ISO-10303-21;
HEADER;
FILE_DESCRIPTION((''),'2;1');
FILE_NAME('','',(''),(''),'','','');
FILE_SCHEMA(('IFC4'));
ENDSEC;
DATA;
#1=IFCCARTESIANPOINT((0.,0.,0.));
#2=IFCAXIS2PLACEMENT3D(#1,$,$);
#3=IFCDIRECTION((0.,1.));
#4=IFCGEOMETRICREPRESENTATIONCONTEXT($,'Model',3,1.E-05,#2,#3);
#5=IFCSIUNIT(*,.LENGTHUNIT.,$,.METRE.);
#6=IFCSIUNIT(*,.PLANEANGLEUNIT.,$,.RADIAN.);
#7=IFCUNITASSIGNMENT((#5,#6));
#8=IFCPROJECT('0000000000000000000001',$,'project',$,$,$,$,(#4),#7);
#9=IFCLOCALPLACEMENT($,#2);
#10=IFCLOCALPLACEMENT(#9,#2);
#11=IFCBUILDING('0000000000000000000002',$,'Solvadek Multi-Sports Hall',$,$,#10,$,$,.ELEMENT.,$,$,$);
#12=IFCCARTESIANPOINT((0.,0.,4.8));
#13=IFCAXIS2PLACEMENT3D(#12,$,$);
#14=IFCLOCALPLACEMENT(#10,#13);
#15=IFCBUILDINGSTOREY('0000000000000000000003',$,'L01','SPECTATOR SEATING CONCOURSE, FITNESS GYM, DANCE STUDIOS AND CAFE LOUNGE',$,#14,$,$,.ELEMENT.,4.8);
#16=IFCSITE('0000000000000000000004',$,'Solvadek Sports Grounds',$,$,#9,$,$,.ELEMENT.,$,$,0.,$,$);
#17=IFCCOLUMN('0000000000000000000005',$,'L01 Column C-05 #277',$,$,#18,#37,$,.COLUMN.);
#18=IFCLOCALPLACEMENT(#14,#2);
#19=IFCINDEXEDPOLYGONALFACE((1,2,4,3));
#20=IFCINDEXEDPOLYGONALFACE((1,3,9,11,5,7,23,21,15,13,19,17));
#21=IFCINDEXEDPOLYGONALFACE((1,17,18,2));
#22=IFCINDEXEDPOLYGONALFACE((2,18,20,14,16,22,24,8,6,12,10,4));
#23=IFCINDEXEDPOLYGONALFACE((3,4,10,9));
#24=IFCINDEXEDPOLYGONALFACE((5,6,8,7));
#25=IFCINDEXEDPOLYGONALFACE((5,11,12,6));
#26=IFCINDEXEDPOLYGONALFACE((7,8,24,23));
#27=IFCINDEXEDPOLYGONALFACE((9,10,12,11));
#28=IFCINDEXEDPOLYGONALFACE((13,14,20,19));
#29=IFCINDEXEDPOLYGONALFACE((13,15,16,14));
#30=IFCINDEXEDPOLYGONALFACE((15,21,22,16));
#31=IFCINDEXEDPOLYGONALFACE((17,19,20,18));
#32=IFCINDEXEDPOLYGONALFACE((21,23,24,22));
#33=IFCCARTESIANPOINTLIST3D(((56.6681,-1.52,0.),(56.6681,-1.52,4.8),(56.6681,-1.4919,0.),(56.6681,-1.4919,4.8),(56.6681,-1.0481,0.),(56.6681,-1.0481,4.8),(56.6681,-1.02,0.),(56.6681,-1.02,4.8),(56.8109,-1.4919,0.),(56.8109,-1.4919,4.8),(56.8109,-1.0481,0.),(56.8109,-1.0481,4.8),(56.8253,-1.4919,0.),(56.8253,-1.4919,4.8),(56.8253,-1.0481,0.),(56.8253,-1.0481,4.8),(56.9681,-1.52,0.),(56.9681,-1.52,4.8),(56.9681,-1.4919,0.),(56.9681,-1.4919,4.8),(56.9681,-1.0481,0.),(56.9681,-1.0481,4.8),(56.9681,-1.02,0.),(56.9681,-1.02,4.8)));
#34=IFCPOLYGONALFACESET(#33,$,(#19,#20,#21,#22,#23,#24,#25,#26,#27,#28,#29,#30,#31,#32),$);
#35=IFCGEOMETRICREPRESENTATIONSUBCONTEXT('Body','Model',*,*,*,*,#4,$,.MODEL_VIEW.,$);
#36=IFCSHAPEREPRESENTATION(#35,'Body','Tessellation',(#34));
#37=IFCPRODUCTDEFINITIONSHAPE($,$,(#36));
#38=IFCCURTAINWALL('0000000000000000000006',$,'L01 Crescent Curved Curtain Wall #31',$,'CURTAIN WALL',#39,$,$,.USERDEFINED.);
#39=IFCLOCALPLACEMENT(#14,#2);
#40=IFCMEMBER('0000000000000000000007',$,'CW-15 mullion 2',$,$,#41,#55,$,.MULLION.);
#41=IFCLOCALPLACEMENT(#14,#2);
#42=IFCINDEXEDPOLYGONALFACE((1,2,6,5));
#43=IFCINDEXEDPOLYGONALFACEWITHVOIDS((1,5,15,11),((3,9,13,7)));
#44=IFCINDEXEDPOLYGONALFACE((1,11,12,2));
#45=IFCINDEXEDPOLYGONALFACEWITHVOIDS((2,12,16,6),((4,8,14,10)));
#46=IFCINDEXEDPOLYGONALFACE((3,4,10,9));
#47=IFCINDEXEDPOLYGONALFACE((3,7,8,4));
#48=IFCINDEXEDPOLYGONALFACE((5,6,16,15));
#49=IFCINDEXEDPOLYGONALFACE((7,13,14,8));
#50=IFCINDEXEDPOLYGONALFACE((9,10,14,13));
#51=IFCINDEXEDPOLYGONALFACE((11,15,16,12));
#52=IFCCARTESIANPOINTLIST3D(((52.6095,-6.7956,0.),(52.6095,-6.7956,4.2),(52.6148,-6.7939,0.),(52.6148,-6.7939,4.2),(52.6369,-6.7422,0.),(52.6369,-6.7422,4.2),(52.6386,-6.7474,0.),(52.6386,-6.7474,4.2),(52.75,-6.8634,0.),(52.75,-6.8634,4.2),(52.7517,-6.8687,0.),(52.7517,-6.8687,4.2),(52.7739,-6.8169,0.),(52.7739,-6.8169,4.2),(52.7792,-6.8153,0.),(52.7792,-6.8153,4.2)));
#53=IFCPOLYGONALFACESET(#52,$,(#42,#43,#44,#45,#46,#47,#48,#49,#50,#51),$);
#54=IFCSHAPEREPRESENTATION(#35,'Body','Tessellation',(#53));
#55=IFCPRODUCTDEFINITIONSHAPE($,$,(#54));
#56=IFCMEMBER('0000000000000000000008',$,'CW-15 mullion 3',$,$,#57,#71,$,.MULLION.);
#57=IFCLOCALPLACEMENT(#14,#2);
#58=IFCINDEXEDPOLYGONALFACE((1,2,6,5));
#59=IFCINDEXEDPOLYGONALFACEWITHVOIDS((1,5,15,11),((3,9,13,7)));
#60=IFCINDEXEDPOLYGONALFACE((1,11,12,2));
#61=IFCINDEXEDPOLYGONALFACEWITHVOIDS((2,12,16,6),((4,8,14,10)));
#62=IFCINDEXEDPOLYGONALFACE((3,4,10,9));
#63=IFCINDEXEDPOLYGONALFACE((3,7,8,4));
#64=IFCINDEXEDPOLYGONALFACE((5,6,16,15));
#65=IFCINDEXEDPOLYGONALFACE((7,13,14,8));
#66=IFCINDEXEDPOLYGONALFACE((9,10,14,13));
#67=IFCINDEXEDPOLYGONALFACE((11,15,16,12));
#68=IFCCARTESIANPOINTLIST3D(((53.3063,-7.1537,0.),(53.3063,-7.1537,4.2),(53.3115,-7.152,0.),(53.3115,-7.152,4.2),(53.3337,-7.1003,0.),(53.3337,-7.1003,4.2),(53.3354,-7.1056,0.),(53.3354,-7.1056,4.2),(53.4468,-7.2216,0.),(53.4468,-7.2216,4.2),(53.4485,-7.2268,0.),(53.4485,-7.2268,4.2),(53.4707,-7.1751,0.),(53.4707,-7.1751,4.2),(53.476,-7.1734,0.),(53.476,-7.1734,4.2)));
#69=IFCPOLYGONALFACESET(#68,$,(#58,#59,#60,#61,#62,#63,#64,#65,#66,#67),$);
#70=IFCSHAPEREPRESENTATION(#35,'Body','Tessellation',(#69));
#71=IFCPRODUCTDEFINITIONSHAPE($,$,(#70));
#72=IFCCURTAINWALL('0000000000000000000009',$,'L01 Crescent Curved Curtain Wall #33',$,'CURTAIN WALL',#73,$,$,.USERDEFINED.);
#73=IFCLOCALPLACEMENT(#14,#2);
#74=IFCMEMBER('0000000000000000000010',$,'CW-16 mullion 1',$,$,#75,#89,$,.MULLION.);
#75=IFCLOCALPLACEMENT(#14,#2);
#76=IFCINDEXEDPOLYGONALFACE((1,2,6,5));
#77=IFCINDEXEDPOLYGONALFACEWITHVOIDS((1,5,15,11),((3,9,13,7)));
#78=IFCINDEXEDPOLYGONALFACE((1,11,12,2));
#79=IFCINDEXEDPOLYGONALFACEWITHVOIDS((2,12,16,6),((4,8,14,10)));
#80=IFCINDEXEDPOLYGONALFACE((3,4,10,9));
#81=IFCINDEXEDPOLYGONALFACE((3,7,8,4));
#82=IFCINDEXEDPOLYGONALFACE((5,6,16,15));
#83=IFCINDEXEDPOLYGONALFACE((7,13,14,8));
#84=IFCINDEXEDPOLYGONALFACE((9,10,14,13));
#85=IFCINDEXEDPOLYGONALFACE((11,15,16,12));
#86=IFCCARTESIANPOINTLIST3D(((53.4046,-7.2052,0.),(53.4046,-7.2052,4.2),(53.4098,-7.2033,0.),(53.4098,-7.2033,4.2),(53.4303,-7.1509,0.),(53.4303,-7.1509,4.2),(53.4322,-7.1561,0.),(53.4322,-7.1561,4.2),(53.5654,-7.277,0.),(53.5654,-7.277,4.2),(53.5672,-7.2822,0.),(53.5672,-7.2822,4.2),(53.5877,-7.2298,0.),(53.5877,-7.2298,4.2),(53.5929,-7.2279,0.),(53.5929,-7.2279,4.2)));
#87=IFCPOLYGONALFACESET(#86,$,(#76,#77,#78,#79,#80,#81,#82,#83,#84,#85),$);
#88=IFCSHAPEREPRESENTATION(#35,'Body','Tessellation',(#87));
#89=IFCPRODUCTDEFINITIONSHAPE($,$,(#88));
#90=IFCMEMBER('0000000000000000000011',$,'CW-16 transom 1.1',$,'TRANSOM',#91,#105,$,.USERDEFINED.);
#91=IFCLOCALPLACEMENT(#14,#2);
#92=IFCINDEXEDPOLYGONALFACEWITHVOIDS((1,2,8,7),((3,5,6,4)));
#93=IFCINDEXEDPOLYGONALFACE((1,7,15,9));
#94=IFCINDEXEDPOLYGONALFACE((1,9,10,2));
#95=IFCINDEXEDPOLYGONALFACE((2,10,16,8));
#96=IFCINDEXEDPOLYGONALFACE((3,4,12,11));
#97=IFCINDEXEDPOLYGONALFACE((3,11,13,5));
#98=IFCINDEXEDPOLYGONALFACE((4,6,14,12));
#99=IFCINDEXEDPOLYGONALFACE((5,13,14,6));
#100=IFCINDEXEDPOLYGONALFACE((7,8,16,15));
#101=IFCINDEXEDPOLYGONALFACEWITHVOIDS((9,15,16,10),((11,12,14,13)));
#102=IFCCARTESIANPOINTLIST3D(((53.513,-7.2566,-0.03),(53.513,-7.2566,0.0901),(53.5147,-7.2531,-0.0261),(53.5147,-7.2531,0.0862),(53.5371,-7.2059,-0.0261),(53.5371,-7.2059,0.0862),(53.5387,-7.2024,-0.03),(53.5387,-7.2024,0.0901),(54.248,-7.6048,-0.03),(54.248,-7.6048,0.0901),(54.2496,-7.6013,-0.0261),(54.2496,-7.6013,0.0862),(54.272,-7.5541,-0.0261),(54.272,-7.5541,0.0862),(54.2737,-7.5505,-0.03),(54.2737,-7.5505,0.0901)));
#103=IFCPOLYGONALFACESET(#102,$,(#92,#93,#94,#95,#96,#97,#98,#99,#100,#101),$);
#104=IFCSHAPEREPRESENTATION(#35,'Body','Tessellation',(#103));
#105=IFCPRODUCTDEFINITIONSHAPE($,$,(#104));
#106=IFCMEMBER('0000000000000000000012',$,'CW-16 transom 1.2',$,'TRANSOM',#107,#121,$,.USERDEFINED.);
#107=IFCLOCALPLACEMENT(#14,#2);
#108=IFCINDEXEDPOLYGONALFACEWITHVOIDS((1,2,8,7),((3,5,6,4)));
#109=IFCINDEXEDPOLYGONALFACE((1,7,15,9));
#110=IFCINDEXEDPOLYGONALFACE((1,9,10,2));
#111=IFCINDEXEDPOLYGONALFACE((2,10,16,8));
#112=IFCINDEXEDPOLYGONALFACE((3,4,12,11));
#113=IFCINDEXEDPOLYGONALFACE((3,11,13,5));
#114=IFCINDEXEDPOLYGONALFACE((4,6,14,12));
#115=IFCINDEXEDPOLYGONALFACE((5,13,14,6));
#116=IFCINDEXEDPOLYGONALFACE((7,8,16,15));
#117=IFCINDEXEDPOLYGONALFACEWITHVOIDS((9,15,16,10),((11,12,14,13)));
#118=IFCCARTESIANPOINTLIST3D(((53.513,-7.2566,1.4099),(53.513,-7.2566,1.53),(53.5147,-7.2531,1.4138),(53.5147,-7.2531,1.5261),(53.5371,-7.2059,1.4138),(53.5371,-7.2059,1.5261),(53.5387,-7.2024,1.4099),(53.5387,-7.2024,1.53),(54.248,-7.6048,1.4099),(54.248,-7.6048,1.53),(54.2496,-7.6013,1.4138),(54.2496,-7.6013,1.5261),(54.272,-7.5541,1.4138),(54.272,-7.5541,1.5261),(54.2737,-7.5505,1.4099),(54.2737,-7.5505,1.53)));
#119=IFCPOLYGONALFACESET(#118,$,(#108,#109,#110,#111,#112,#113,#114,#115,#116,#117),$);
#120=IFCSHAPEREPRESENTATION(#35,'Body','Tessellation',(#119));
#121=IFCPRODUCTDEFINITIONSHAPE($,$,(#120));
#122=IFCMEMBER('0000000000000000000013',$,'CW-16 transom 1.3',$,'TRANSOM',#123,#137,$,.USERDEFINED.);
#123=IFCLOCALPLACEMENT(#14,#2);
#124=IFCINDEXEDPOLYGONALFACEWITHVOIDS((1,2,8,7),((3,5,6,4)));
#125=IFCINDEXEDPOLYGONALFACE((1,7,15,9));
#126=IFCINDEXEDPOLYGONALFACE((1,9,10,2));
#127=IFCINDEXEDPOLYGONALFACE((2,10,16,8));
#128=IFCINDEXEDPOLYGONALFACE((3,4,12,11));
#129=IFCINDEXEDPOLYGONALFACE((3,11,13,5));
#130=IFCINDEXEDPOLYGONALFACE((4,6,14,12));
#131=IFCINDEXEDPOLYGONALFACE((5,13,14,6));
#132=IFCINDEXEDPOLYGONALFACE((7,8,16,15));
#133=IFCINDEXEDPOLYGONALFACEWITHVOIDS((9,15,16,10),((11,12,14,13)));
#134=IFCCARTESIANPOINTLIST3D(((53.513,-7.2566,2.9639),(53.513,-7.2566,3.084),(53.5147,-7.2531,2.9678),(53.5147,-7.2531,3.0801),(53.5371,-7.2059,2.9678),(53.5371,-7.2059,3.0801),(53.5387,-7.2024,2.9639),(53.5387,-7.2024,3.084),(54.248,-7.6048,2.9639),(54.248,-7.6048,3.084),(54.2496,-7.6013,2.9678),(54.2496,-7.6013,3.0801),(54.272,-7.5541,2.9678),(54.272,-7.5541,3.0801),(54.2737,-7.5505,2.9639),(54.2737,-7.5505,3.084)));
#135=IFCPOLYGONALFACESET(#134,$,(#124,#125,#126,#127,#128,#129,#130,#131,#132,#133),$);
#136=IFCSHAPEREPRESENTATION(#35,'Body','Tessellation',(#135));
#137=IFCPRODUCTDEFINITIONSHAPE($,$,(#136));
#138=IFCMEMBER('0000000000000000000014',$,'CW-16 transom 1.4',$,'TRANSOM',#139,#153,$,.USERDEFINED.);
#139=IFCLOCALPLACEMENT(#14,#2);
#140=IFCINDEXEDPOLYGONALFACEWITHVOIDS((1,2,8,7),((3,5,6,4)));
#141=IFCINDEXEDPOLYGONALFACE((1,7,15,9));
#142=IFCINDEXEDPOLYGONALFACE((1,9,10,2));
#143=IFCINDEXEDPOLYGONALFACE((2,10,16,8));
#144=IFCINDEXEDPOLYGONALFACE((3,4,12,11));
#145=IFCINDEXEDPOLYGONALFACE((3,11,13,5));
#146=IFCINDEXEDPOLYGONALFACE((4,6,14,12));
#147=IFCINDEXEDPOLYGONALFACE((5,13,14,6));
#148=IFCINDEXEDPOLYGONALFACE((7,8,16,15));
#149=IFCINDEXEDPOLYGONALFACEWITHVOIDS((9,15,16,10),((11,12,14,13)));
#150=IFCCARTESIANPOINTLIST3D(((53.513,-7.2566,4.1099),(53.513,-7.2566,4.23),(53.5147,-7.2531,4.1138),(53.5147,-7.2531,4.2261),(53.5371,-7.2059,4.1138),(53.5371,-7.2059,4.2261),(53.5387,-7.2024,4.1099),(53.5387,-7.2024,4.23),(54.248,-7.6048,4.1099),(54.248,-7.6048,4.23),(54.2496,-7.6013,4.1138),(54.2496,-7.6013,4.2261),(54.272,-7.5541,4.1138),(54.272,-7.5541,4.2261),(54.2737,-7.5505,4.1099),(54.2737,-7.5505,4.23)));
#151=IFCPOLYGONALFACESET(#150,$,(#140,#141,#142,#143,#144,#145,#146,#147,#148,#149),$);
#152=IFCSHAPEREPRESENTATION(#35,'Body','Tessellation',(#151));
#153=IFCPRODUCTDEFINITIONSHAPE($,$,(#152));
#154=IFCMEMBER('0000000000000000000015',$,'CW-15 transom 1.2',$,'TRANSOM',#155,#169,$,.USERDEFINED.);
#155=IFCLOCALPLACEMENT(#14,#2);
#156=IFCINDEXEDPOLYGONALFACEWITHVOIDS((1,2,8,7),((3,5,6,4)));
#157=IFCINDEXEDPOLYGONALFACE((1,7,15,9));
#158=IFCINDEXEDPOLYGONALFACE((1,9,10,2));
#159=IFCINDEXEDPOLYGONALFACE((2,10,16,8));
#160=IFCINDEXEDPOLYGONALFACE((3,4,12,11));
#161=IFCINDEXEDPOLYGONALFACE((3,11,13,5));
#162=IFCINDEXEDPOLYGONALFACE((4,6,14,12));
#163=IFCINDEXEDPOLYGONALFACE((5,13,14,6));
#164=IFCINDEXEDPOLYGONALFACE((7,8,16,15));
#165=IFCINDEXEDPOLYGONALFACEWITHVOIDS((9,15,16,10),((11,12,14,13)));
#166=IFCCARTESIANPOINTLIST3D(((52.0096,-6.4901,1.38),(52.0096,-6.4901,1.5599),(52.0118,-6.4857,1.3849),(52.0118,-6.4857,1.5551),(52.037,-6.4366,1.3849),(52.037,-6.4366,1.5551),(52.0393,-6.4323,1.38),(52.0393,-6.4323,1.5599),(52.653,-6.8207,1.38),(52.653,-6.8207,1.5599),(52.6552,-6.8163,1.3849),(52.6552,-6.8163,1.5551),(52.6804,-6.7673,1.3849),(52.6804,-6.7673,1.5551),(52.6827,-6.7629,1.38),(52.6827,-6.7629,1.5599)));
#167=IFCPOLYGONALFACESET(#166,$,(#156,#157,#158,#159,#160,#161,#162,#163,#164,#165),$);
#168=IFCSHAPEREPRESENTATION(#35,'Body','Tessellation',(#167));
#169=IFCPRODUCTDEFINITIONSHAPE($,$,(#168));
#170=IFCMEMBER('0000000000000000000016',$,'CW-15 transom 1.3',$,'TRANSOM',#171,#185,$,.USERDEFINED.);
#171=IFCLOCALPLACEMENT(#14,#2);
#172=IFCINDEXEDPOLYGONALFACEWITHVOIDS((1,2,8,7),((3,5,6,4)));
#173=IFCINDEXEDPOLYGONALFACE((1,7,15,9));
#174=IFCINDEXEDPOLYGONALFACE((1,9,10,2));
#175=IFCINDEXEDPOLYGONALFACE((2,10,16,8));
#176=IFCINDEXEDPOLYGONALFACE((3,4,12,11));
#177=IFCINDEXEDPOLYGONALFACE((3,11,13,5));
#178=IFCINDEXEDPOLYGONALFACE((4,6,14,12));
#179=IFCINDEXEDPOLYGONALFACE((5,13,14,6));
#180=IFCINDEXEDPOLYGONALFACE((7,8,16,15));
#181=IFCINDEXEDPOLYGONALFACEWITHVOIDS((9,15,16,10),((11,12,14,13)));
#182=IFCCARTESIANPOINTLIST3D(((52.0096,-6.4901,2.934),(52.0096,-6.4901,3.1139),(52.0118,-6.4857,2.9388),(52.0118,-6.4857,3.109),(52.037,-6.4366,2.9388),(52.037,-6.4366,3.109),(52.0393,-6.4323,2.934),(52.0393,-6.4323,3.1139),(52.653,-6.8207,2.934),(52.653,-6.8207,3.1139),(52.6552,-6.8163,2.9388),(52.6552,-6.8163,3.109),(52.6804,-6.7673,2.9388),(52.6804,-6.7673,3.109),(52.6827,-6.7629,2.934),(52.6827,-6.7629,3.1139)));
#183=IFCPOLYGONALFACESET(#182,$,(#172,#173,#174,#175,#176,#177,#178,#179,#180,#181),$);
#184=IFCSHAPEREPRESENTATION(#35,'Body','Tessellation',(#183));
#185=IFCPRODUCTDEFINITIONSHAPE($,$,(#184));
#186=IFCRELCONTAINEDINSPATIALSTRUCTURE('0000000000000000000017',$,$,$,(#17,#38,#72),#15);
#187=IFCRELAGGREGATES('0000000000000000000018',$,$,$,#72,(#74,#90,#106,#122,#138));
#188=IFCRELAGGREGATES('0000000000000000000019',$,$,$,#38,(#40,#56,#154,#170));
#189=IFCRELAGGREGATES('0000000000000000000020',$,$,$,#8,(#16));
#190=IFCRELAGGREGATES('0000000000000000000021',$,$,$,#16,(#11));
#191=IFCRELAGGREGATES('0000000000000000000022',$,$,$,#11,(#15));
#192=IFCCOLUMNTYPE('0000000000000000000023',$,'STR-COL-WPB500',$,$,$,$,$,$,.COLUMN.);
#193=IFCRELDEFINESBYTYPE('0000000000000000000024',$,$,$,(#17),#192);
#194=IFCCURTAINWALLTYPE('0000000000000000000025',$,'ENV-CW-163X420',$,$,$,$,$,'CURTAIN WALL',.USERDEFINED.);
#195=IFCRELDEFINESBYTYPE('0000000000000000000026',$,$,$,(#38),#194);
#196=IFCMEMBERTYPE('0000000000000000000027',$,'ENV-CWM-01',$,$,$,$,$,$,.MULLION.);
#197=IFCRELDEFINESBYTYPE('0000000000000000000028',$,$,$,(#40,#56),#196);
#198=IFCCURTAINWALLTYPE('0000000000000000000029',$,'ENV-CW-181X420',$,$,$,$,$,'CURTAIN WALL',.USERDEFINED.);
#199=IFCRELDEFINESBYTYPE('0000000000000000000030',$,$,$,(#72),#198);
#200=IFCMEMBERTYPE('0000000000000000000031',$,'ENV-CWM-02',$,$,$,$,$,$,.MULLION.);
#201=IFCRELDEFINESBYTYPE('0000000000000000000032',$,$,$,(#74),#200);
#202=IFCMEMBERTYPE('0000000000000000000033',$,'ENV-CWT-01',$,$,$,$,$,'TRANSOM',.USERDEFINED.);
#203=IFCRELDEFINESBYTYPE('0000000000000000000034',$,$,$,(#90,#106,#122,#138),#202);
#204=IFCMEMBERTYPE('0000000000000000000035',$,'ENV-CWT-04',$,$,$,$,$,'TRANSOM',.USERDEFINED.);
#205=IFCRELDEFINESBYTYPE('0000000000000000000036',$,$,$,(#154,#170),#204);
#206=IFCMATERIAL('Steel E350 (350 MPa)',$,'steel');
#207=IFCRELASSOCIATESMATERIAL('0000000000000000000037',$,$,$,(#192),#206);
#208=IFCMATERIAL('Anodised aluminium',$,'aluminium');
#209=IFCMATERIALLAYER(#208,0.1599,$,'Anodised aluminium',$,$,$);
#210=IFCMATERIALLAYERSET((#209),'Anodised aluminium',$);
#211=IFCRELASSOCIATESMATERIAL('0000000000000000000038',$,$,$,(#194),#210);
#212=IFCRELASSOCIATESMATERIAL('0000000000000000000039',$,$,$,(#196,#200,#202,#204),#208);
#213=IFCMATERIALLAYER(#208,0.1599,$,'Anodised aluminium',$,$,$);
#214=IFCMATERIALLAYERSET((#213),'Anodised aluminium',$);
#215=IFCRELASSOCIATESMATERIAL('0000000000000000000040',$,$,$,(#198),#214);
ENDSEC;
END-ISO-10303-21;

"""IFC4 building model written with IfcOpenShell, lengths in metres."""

from ifc_helpers import new_model, si_unit, direction, frame, origin, origin_2d, place, context, subcontext, project, spatial, hollow_rectangle, i_section, extrude, material, layer, layer_set, material_profile, profile_set, type_object, element, aggregate, save


model = new_model("IFC4")

# Units and contexts
model_context = context("Model", 3, precision=1e-05, world=origin(), true_north=direction((0.0, 1.0)))
body_context = subcontext(model_context, "Body", "Model", "MODEL_VIEW")
ifc_project = project(units=[si_unit("LENGTHUNIT", "METRE"), si_unit("PLANEANGLEUNIT", "RADIAN")], contexts=[model_context])

# Site, building, storey
site_placement = place(None, origin())
site = spatial("IfcSite", under=ifc_project, at=site_placement, Name="Solvadek Sports Grounds", CompositionType="ELEMENT", RefElevation=0.0)
building_placement = place(site_placement, origin())
building = spatial("IfcBuilding", under=site, at=building_placement, Name="Solvadek Multi-Sports Hall", CompositionType="ELEMENT")
storey_placement = place(building_placement, frame((0.0, 0.0, 4.8)))
storey = spatial("IfcBuildingStorey", under=building, at=storey_placement, Name="L01", Description="SPECTATOR SEATING CONCOURSE, FITNESS GYM, DANCE STUDIOS AND CAFE LOUNGE", CompositionType="ELEMENT", Elevation=4.8)

# Column
ifc_material_1 = material(Name="Steel E350 (350 MPa)", Category="steel")
ifc_material_profile_1 = material_profile(ifc_material_1, i_section(OverallWidth=0.3, OverallDepth=0.5, WebThickness=0.0144, FlangeThickness=0.0281, at=origin_2d()), Name="WPB 500")
ifc_profile_set_1 = profile_set([ifc_material_profile_1], Name="Steel E350 (350 MPa)")
column_type = type_object("IfcColumnType", Name="STR-COL-WPB500", PredefinedType="COLUMN", material=ifc_profile_set_1)
column_placement = place(storey_placement, frame((56.8181, -1.27, 0.0), z_axis=(0.0, 0.0, 1.0), x_axis=(1.0, 0.0, 0.0)))
element("IfcColumn", 1, at=column_placement, inside=storey, type_object=column_type, Name="L01 Column C-05 #277", PredefinedType="COLUMN", context=body_context, shape_type="SweptSolid", body=[
    extrude(i_section(OverallWidth=0.3, OverallDepth=0.5, WebThickness=0.0144, FlangeThickness=0.0281, at=origin_2d()), origin(), (0.0, 0.0, 1.0), 4.8),
])

# Curtain walls, members
ifc_material_2 = material(Name="Anodised aluminium", Category="aluminium")
ifc_layer_1 = layer(ifc_material_2, 0.1599, Name="Anodised aluminium")
ifc_layer_set_1 = layer_set([ifc_layer_1], Name="Anodised aluminium")
curtain_wall_type_1 = type_object("IfcCurtainWallType", Name="ENV-CW-163X420", ElementType="CURTAIN WALL", PredefinedType="USERDEFINED", material=ifc_layer_set_1)
curtain_wall_1_placement = place(storey_placement, origin())
curtain_wall_1 = element("IfcCurtainWall", 2, at=curtain_wall_1_placement, inside=storey, type_object=curtain_wall_type_1, Name="L01 Crescent Curved Curtain Wall #31", ObjectType="CURTAIN WALL", PredefinedType="USERDEFINED")
ifc_material_profile_2 = material_profile(ifc_material_2, hollow_rectangle(XDim=0.0601, YDim=0.1599, WallThickness=0.0039, at=origin_2d()), Name="ALU-M 160x60x4")
ifc_profile_set_2 = profile_set([ifc_material_profile_2], Name="Anodised aluminium")
member_type_1 = type_object("IfcMemberType", Name="ENV-CWM-01", PredefinedType="MULLION", material=ifc_profile_set_2)
member_1_placement = place(storey_placement, frame((52.6943, -6.8054, 0.0), z_axis=(0.0, 0.0, 1.0), x_axis=(0.457097, 0.889417, 0.0)))
member_1 = element("IfcMember", 3, at=member_1_placement, type_object=member_type_1, Name="CW-15 mullion 2", PredefinedType="MULLION", context=body_context, shape_type="SweptSolid", body=[
    extrude(hollow_rectangle(XDim=0.0601, YDim=0.1599, WallThickness=0.0039, at=origin_2d()), origin(), (0.0, 0.0, 1.0), 4.2),
])
member_2_placement = place(storey_placement, frame((53.3911, -7.1636, 0.0), z_axis=(0.0, 0.0, 1.0), x_axis=(0.457097, 0.889417, 0.0)))
member_2 = element("IfcMember", 4, at=member_2_placement, type_object=member_type_1, Name="CW-15 mullion 3", PredefinedType="MULLION", context=body_context, shape_type="SweptSolid", body=[
    extrude(hollow_rectangle(XDim=0.0601, YDim=0.1599, WallThickness=0.0039, at=origin_2d()), origin(), (0.0, 0.0, 1.0), 4.2),
])
ifc_layer_2 = layer(ifc_material_2, 0.1599, Name="Anodised aluminium")
ifc_layer_set_2 = layer_set([ifc_layer_2], Name="Anodised aluminium")
curtain_wall_type_2 = type_object("IfcCurtainWallType", Name="ENV-CW-181X420", ElementType="CURTAIN WALL", PredefinedType="USERDEFINED", material=ifc_layer_set_2)
curtain_wall_2_placement = place(storey_placement, origin())
curtain_wall_2 = element("IfcCurtainWall", 5, at=curtain_wall_2_placement, inside=storey, type_object=curtain_wall_type_2, Name="L01 Crescent Curved Curtain Wall #33", ObjectType="CURTAIN WALL", PredefinedType="USERDEFINED")
ifc_material_profile_3 = material_profile(ifc_material_2, hollow_rectangle(XDim=0.0601, YDim=0.1799, WallThickness=0.0039, at=origin_2d()), Name="ALU-M 180x60x4")
ifc_profile_set_3 = profile_set([ifc_material_profile_3], Name="Anodised aluminium")
member_type_2 = type_object("IfcMemberType", Name="ENV-CWM-02", PredefinedType="MULLION", material=ifc_profile_set_3)
member_3_placement = place(storey_placement, frame((53.4988, -7.2166, 0.0), z_axis=(0.0, 0.0, 1.0), x_axis=(0.42816, 0.903703, 0.0)))
member_3 = element("IfcMember", 6, at=member_3_placement, type_object=member_type_2, Name="CW-16 mullion 1", PredefinedType="MULLION", context=body_context, shape_type="SweptSolid", body=[
    extrude(hollow_rectangle(XDim=0.0601, YDim=0.1799, WallThickness=0.0039, at=origin_2d()), origin(), (0.0, 0.0, 1.0), 4.2),
])
ifc_material_profile_4 = material_profile(ifc_material_2, hollow_rectangle(XDim=0.0601, YDim=0.1201, WallThickness=0.0039, at=origin_2d()), Name="ALU-T 120x60x4")
ifc_profile_set_4 = profile_set([ifc_material_profile_4], Name="Anodised aluminium")
member_type_3 = type_object("IfcMemberType", Name="ENV-CWT-01", ElementType="TRANSOM", PredefinedType="USERDEFINED", material=ifc_profile_set_4)
member_4_placement = place(storey_placement, frame((53.5259, -7.2295, 0.03), z_axis=(0.903713, -0.428138, 0.0), x_axis=(0.428138, 0.903713, 0.0)))
member_4 = element("IfcMember", 7, at=member_4_placement, type_object=member_type_3, Name="CW-16 transom 1.1", ObjectType="TRANSOM", PredefinedType="USERDEFINED", context=body_context, shape_type="SweptSolid", body=[
    extrude(hollow_rectangle(XDim=0.0601, YDim=0.1201, WallThickness=0.0039, at=origin_2d()), origin(), (0.0, 0.0, 1.0), 0.8132),
])
member_5_placement = place(storey_placement, frame((53.5259, -7.2295, 1.47), z_axis=(0.903713, -0.428138, 0.0), x_axis=(0.428138, 0.903713, 0.0)))
member_5 = element("IfcMember", 8, at=member_5_placement, type_object=member_type_3, Name="CW-16 transom 1.2", ObjectType="TRANSOM", PredefinedType="USERDEFINED", context=body_context, shape_type="SweptSolid", body=[
    extrude(hollow_rectangle(XDim=0.0601, YDim=0.1201, WallThickness=0.0039, at=origin_2d()), origin(), (0.0, 0.0, 1.0), 0.8132),
])
member_6_placement = place(storey_placement, frame((53.5259, -7.2295, 3.0239), z_axis=(0.903713, -0.428138, 0.0), x_axis=(0.428138, 0.903713, 0.0)))
member_6 = element("IfcMember", 9, at=member_6_placement, type_object=member_type_3, Name="CW-16 transom 1.3", ObjectType="TRANSOM", PredefinedType="USERDEFINED", context=body_context, shape_type="SweptSolid", body=[
    extrude(hollow_rectangle(XDim=0.0601, YDim=0.1201, WallThickness=0.0039, at=origin_2d()), origin(), (0.0, 0.0, 1.0), 0.8132),
])
member_7_placement = place(storey_placement, frame((53.5259, -7.2295, 4.1699), z_axis=(0.903713, -0.428138, 0.0), x_axis=(0.428138, 0.903713, 0.0)))
member_7 = element("IfcMember", 10, at=member_7_placement, type_object=member_type_3, Name="CW-16 transom 1.4", ObjectType="TRANSOM", PredefinedType="USERDEFINED", context=body_context, shape_type="SweptSolid", body=[
    extrude(hollow_rectangle(XDim=0.0601, YDim=0.1201, WallThickness=0.0039, at=origin_2d()), origin(), (0.0, 0.0, 1.0), 0.8132),
])
aggregate(curtain_wall_2, [member_3, member_4, member_5, member_6, member_7])

# Members
ifc_material_profile_5 = material_profile(ifc_material_2, hollow_rectangle(XDim=0.0649, YDim=0.1799, WallThickness=0.0049, at=origin_2d()), Name="ALU-T 180x65x5")
ifc_profile_set_5 = profile_set([ifc_material_profile_5], Name="Anodised aluminium")
member_type_4 = type_object("IfcMemberType", Name="ENV-CWT-04", ElementType="TRANSOM", PredefinedType="USERDEFINED", material=ifc_profile_set_5)
member_8_placement = place(storey_placement, frame((52.0244, -6.4612, 1.47), z_axis=(0.889445, -0.457043, 0.0), x_axis=(0.457043, 0.889445, 0.0)))
member_8 = element("IfcMember", 11, at=member_8_placement, type_object=member_type_4, Name="CW-15 transom 1.2", ObjectType="TRANSOM", PredefinedType="USERDEFINED", context=body_context, shape_type="SweptSolid", body=[
    extrude(hollow_rectangle(XDim=0.0649, YDim=0.1799, WallThickness=0.0049, at=origin_2d()), origin(), (0.0, 0.0, 1.0), 0.7234),
])
member_9_placement = place(storey_placement, frame((52.0244, -6.4612, 3.0239), z_axis=(0.889445, -0.457043, 0.0), x_axis=(0.457043, 0.889445, 0.0)))
member_9 = element("IfcMember", 12, at=member_9_placement, type_object=member_type_4, Name="CW-15 transom 1.3", ObjectType="TRANSOM", PredefinedType="USERDEFINED", context=body_context, shape_type="SweptSolid", body=[
    extrude(hollow_rectangle(XDim=0.0649, YDim=0.1799, WallThickness=0.0049, at=origin_2d()), origin(), (0.0, 0.0, 1.0), 0.7234),
])

aggregate(curtain_wall_1, [member_1, member_2, member_8, member_9])

save(model, "model.ifc")
